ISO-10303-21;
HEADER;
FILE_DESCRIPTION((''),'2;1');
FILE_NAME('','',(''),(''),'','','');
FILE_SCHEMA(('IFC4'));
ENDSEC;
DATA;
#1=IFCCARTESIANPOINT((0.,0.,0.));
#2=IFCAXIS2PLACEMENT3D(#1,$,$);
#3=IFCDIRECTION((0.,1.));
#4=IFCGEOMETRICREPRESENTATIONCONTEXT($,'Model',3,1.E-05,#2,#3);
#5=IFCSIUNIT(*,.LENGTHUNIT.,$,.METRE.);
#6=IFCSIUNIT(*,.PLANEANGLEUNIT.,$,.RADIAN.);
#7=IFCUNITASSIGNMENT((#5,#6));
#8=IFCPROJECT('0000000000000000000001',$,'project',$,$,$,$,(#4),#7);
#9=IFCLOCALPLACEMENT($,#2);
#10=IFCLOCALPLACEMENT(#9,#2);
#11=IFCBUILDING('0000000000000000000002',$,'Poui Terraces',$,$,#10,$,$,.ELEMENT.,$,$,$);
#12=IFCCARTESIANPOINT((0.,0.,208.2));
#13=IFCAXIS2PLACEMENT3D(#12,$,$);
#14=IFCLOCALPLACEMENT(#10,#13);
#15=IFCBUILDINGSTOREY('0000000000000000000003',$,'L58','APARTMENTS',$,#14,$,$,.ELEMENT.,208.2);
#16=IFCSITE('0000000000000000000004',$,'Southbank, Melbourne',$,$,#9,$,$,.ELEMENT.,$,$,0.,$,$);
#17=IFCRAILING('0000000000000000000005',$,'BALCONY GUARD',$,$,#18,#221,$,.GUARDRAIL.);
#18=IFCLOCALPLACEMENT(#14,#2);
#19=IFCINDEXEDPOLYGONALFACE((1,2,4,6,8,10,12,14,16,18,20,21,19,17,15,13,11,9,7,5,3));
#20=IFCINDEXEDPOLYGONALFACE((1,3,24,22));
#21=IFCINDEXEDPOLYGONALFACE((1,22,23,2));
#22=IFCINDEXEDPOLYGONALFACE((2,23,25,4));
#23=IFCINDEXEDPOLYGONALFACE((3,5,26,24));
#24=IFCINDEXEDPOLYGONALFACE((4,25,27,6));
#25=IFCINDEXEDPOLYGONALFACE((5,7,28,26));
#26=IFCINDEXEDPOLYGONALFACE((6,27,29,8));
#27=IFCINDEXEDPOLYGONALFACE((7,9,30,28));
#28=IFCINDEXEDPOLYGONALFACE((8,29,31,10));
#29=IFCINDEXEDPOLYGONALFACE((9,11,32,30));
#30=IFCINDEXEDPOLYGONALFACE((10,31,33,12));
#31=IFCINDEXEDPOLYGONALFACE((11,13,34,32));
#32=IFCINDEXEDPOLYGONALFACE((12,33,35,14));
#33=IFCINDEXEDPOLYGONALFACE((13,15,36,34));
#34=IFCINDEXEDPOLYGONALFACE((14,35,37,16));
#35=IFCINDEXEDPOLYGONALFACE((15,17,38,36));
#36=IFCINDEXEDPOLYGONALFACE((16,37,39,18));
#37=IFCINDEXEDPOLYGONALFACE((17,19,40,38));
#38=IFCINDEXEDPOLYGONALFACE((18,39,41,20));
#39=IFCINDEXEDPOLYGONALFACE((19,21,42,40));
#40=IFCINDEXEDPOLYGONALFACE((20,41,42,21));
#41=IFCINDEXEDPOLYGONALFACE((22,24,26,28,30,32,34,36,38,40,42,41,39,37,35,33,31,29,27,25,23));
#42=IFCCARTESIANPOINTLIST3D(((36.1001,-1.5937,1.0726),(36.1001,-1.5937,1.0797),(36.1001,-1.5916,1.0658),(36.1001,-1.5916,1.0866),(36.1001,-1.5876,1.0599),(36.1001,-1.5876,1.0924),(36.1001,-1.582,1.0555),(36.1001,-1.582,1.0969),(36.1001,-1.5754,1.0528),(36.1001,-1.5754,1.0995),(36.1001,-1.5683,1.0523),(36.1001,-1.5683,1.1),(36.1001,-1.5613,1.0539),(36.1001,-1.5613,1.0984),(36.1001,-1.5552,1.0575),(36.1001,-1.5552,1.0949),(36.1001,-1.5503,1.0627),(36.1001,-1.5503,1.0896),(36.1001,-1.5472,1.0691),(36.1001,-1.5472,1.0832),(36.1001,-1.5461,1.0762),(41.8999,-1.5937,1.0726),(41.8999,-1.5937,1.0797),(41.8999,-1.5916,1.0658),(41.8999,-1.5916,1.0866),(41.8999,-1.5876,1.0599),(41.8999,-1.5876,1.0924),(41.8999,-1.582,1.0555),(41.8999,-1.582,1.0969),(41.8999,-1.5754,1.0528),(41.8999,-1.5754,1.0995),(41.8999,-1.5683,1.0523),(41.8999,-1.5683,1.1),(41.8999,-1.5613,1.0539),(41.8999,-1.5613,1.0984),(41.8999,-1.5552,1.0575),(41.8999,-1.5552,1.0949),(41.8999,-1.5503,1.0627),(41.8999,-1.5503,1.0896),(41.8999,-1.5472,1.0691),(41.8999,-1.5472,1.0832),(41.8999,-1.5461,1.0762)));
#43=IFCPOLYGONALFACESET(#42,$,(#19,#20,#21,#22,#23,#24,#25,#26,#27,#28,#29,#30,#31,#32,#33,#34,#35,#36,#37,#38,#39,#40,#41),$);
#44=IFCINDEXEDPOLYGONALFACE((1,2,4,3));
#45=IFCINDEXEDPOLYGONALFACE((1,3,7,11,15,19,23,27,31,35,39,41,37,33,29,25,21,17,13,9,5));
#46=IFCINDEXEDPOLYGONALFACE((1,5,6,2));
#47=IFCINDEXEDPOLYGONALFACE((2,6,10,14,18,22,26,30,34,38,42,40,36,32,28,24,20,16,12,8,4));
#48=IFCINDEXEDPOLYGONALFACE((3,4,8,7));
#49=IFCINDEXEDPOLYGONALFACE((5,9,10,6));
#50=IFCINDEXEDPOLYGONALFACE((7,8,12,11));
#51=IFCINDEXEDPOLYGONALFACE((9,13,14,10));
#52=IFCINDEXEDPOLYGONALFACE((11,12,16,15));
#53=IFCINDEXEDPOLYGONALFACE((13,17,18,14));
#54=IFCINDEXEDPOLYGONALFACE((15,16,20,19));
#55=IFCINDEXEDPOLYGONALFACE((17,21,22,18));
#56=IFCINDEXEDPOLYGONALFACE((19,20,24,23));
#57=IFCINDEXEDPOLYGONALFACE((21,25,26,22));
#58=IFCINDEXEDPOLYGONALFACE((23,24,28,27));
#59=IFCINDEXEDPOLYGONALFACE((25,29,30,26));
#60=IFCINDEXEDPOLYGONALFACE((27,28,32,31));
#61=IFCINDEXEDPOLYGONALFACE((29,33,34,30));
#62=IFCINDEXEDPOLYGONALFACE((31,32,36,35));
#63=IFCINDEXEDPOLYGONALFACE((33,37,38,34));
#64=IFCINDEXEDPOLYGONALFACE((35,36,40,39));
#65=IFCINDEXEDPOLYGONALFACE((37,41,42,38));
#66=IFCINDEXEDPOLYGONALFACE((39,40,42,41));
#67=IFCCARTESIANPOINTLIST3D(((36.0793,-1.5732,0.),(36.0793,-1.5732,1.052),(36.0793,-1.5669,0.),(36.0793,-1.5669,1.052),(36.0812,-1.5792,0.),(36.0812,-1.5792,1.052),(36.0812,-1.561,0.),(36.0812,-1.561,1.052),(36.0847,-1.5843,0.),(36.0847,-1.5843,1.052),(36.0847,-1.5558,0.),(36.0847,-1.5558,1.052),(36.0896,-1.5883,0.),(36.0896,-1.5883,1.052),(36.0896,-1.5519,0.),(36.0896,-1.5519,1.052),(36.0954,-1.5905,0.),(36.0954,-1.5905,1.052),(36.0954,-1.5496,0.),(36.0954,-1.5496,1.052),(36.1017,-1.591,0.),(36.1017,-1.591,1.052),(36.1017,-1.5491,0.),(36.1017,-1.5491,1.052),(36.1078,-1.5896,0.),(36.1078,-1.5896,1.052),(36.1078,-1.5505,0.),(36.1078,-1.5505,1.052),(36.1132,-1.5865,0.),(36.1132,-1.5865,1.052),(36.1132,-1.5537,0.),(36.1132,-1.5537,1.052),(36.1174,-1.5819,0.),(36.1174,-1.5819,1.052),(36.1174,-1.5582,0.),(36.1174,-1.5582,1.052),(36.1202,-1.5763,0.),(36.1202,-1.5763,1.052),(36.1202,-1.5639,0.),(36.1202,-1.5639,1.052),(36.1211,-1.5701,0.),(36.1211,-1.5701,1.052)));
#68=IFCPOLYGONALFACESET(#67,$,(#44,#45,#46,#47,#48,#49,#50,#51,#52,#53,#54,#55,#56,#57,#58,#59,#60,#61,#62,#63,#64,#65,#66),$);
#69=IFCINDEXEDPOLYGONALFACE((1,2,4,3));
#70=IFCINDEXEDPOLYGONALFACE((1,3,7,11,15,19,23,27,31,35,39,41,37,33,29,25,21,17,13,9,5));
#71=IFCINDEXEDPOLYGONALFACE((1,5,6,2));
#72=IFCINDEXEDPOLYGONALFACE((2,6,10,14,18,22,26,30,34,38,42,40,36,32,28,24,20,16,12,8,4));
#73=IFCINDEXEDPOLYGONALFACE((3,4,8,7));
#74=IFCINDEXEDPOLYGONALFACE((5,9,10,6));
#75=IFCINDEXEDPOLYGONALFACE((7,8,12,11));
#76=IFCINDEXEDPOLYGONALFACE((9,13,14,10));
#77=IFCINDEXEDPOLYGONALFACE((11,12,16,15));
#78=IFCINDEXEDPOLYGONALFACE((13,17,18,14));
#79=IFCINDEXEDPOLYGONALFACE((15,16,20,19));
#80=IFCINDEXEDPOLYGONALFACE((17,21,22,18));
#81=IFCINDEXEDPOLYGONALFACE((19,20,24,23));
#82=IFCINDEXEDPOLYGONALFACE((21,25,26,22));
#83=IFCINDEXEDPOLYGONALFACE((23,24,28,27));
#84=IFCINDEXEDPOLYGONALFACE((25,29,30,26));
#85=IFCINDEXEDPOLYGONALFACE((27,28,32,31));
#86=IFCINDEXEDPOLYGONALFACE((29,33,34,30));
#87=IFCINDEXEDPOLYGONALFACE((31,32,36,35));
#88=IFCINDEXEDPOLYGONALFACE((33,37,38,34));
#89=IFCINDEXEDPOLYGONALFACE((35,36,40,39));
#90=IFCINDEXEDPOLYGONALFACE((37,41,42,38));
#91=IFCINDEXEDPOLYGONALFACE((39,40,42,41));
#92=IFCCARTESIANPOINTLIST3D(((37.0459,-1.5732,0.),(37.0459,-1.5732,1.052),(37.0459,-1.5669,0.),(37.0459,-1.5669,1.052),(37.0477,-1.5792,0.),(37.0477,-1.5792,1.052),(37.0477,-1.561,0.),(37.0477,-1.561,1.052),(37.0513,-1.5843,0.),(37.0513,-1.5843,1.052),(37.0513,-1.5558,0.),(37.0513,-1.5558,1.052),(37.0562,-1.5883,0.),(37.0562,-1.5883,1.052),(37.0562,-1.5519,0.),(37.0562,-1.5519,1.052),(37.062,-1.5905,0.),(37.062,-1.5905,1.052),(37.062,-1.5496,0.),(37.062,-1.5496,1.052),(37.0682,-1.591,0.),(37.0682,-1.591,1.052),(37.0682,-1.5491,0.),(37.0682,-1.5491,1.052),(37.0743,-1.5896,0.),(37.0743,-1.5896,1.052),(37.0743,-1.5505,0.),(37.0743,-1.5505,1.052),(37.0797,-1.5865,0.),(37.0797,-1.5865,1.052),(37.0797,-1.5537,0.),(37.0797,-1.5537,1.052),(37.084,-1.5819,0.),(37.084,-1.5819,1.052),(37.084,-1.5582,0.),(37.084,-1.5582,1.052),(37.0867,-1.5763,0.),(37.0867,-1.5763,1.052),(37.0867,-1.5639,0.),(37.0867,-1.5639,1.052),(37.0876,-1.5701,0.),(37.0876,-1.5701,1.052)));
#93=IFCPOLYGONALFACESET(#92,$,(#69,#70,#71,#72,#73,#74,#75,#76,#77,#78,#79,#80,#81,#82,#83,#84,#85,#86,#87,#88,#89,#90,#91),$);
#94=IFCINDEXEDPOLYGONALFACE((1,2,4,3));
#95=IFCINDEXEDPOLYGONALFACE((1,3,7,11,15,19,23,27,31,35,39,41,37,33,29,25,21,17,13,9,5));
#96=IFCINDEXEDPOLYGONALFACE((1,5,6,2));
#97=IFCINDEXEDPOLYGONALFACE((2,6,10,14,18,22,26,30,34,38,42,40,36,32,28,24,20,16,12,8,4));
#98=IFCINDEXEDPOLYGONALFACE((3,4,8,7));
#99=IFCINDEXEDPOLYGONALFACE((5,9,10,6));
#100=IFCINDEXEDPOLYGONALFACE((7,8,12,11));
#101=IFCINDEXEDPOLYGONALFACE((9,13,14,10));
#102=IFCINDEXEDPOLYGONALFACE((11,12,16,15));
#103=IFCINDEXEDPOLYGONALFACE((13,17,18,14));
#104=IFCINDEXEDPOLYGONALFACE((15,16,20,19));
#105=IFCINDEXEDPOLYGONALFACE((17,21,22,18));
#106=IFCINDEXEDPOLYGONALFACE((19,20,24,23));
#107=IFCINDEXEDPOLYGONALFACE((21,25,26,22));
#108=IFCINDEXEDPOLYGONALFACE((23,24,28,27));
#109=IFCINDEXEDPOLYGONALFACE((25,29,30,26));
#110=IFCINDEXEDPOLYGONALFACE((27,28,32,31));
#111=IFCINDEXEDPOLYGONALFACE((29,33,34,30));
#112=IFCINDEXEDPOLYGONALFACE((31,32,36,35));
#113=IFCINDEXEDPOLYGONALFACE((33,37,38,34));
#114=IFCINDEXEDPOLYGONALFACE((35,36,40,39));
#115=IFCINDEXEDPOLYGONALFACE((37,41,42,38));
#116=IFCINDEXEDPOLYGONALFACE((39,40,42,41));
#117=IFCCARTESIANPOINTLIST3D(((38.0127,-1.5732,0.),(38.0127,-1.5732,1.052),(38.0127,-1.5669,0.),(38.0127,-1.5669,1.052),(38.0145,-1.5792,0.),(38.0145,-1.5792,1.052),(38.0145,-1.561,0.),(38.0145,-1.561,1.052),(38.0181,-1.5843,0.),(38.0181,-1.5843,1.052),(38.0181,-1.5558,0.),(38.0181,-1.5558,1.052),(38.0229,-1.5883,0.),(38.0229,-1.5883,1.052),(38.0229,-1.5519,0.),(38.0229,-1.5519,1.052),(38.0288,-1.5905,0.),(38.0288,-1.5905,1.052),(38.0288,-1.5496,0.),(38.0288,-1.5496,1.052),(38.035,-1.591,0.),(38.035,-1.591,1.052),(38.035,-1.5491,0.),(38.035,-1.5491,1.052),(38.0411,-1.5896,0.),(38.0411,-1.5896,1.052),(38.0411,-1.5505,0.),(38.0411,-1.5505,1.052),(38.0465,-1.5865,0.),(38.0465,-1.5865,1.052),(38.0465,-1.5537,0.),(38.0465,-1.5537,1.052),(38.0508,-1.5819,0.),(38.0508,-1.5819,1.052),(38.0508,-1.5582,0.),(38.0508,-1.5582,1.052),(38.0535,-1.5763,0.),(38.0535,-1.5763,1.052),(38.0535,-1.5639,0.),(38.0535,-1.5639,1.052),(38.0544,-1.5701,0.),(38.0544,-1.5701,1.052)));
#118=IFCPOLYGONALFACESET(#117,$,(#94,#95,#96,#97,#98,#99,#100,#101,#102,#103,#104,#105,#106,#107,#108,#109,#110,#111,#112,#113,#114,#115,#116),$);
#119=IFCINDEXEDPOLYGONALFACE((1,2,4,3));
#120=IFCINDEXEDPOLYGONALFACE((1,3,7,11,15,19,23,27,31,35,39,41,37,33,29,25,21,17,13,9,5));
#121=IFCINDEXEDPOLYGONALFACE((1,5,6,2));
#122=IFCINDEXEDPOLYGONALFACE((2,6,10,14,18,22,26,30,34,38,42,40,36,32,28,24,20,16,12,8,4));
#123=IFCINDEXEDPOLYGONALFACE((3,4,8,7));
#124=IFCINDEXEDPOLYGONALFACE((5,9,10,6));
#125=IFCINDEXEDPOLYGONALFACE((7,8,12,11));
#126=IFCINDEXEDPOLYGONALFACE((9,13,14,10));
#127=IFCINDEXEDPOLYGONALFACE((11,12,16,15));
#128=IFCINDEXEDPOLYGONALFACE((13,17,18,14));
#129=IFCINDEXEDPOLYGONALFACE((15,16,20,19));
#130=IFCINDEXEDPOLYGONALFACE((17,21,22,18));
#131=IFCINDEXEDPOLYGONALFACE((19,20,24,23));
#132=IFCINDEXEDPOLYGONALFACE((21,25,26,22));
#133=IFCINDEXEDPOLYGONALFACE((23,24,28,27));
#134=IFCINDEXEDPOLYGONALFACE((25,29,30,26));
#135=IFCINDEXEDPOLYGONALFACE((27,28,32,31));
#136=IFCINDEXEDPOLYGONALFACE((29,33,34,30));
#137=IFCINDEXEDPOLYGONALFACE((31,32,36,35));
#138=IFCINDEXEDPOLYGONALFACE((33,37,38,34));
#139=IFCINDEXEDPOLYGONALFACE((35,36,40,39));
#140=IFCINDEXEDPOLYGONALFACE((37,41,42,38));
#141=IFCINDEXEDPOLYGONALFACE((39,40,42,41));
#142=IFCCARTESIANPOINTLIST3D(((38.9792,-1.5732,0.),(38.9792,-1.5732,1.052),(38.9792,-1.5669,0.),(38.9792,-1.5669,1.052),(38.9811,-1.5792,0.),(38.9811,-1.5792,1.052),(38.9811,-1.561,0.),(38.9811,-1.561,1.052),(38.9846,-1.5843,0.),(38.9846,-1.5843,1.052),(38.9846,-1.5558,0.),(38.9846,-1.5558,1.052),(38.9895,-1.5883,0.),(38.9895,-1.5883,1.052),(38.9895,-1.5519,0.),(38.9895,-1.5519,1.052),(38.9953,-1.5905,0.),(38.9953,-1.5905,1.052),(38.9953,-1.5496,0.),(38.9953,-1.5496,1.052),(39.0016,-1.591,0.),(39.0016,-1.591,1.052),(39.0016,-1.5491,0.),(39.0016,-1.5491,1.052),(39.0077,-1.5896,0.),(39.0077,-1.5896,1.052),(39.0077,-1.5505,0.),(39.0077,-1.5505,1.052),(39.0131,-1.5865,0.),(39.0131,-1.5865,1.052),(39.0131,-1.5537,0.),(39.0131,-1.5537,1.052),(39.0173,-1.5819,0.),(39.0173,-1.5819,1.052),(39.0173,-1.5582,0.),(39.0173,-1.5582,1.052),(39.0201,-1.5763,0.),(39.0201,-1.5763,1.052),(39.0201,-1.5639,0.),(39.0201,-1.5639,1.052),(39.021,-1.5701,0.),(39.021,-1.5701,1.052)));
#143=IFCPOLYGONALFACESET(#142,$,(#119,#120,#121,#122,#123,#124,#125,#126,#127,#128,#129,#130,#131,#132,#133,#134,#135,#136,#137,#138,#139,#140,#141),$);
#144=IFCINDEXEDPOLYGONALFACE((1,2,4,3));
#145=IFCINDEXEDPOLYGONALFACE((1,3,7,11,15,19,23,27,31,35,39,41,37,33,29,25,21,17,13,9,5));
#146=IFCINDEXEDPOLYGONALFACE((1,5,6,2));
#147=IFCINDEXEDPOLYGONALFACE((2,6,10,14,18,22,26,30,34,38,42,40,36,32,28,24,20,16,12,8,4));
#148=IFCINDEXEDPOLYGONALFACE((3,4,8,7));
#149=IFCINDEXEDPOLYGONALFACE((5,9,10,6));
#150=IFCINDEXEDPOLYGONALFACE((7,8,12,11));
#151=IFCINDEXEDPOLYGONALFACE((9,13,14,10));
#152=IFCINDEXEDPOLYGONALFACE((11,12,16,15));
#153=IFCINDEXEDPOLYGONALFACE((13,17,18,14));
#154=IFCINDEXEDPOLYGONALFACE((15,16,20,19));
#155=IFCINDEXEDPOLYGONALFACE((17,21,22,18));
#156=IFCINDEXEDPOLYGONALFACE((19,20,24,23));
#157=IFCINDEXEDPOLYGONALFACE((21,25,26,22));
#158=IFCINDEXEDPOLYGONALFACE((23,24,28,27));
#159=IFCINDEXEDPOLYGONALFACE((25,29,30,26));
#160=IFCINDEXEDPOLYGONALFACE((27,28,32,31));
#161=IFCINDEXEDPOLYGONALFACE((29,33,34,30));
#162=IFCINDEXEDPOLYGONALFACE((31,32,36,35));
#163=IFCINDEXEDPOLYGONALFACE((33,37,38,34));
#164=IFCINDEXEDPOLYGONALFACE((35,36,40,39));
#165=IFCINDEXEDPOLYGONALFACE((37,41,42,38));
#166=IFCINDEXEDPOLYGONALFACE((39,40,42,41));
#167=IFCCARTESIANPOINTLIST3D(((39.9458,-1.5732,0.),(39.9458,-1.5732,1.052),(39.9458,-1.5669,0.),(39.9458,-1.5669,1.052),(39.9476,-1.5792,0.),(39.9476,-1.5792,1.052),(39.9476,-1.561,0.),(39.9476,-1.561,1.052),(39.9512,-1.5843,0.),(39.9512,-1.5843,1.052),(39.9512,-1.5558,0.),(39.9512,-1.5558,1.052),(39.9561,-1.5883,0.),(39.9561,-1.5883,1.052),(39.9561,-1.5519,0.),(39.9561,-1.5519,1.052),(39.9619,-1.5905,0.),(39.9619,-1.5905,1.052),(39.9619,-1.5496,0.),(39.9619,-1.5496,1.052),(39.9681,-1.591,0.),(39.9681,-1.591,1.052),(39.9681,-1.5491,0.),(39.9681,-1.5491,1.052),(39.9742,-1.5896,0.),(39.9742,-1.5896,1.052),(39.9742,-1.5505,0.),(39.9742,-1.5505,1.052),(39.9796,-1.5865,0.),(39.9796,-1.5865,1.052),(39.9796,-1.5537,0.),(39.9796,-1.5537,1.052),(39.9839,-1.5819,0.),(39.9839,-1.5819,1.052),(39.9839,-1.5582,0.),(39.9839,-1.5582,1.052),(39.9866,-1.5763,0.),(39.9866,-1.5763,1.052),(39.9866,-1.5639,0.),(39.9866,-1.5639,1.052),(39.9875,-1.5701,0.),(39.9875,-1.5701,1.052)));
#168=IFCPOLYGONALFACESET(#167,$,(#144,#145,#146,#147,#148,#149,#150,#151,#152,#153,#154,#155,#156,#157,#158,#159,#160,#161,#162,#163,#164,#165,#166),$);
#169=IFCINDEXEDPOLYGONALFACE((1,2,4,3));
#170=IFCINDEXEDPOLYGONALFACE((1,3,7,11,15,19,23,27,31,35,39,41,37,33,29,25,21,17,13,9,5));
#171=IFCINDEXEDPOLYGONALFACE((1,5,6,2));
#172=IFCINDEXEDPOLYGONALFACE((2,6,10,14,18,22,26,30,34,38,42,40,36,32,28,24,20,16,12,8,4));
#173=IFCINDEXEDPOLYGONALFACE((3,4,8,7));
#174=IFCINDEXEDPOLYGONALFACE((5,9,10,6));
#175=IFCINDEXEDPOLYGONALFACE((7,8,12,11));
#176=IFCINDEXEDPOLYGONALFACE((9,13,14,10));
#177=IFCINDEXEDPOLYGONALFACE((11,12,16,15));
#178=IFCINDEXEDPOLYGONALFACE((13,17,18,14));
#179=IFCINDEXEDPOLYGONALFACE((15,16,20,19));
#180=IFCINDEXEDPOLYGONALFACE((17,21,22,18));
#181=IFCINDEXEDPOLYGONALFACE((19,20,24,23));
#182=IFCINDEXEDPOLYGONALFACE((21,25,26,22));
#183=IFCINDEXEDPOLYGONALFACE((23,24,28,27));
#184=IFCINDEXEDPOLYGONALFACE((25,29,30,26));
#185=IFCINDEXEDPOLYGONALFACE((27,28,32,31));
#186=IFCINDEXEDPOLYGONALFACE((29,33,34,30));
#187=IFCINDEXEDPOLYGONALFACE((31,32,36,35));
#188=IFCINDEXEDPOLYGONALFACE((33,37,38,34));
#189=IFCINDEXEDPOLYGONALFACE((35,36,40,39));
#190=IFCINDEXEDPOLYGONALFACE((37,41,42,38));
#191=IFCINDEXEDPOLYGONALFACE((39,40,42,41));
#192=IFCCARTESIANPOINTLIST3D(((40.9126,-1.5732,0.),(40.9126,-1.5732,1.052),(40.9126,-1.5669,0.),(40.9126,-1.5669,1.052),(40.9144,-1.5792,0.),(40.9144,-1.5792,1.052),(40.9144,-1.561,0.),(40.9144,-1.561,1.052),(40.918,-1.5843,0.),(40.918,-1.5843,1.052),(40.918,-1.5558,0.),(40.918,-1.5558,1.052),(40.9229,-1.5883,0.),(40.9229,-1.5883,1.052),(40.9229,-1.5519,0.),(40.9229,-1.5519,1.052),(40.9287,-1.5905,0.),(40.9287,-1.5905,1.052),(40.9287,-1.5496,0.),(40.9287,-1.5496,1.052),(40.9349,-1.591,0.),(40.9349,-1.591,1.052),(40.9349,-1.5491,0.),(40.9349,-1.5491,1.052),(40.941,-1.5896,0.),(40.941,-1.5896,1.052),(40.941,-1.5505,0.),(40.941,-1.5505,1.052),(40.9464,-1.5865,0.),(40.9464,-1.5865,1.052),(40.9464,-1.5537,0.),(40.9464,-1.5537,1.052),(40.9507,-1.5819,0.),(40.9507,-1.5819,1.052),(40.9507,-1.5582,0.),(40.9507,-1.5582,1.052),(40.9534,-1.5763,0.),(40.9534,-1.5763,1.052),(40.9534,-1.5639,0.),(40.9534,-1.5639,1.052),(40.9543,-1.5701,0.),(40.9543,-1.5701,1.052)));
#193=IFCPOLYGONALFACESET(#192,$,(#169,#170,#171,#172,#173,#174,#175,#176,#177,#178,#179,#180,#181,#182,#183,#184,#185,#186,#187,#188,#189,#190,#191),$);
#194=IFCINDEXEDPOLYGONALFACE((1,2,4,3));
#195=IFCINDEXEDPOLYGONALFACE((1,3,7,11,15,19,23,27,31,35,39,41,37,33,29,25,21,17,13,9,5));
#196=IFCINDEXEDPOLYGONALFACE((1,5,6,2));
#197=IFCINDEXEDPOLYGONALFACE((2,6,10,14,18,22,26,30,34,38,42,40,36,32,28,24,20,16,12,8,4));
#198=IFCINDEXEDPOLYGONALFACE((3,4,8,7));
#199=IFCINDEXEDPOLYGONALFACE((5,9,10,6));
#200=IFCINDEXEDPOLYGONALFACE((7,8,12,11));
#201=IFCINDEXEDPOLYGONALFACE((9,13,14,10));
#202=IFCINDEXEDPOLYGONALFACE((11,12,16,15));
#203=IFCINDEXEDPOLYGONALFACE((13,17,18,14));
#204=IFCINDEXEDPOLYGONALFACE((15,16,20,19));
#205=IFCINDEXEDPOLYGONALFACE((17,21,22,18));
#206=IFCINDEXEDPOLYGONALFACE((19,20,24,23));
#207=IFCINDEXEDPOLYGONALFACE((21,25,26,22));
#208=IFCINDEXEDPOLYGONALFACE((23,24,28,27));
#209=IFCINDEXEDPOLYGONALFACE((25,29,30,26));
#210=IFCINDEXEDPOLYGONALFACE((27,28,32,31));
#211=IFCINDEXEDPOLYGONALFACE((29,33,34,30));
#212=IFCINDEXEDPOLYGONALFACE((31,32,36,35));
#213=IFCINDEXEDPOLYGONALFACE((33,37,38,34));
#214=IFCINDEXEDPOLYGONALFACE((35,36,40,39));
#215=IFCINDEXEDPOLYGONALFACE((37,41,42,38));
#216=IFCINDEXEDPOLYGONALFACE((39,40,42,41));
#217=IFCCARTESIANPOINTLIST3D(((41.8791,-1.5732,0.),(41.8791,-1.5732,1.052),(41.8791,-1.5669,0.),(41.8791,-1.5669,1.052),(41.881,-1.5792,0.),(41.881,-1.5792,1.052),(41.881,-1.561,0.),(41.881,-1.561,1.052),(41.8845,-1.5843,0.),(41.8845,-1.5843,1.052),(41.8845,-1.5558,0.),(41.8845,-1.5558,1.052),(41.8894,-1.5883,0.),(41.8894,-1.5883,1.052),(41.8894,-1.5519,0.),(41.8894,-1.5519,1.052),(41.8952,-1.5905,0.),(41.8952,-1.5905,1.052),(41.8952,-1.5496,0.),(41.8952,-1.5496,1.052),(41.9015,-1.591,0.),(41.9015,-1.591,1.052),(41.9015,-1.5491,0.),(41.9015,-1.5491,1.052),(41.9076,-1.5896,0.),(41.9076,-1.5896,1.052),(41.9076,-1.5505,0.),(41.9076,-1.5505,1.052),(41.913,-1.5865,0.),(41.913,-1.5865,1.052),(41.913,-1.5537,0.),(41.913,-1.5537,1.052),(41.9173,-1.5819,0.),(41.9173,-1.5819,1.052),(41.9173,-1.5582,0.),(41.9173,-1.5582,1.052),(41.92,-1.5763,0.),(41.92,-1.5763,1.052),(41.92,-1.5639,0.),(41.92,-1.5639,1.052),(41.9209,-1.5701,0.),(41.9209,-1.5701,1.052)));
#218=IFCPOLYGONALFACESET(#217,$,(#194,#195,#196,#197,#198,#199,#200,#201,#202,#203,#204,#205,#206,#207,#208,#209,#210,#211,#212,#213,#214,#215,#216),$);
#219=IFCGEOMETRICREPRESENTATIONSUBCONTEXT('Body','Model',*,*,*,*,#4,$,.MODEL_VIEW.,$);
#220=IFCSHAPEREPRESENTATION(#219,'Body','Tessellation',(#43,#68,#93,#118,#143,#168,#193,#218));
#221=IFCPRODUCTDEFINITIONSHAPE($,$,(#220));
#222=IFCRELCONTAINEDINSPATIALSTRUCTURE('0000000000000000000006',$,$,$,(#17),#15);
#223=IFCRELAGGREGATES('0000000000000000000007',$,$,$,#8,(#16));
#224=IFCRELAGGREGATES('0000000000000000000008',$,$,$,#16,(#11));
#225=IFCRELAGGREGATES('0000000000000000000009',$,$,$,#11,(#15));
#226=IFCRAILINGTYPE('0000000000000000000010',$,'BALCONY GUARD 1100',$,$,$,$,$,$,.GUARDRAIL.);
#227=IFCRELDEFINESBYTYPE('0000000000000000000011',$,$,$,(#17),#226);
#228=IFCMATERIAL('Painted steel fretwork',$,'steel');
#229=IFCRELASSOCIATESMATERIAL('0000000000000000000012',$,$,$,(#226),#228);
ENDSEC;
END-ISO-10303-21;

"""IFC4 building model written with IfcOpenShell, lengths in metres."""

from ifc_helpers import new_model, si_unit, direction, frame, origin, origin_2d, place, context, subcontext, project, spatial, circle, extrude, material, type_object, element, save


model = new_model("IFC4")

# Units and contexts
model_context = context("Model", 3, precision=1e-05, world=origin(), true_north=direction((0.0, 1.0)))
body_context = subcontext(model_context, "Body", "Model", "MODEL_VIEW")
ifc_project = project(units=[si_unit("LENGTHUNIT", "METRE"), si_unit("PLANEANGLEUNIT", "RADIAN")], contexts=[model_context])

# Site, building, storey
site_placement = place(None, origin())
site = spatial("IfcSite", under=ifc_project, at=site_placement, Name="Southbank, Melbourne", CompositionType="ELEMENT", RefElevation=0.0)
building_placement = place(site_placement, origin())
building = spatial("IfcBuilding", under=site, at=building_placement, Name="Poui Terraces", CompositionType="ELEMENT")
storey_placement = place(building_placement, frame((0.0, 0.0, 208.2)))
storey = spatial("IfcBuildingStorey", under=building, at=storey_placement, Name="L58", Description="APARTMENTS", CompositionType="ELEMENT", Elevation=208.2)

# Railing
ifc_material_1 = material(Name="Painted steel fretwork", Category="steel")
railing_type = type_object("IfcRailingType", Name="BALCONY GUARD 1100", PredefinedType="GUARDRAIL", material=ifc_material_1)
railing_placement = place(storey_placement, frame((36.1001, -1.5701, 0.0)))
element("IfcRailing", 1, at=railing_placement, inside=storey, type_object=railing_type, Name="BALCONY GUARD", PredefinedType="GUARDRAIL", context=body_context, shape_type="SweptSolid", body=[
    extrude(circle(Radius=0.0239, at=origin_2d()), frame((0.0, 0.0, 1.0762), z_axis=(1.0, 0.0, 0.0), x_axis=(0.0, 1.0, 0.0)), (0.0, 0.0, 1.0), 5.7998),
    extrude(circle(Radius=0.021, at=origin_2d()), origin(), (0.0, 0.0, 1.0), 1.052),
    extrude(circle(Radius=0.021, at=origin_2d()), frame((0.9666, 0.0, 0.0)), (0.0, 0.0, 1.0), 1.052),
    extrude(circle(Radius=0.021, at=origin_2d()), frame((1.9333, 0.0, 0.0)), (0.0, 0.0, 1.0), 1.052),
    extrude(circle(Radius=0.021, at=origin_2d()), frame((2.8999, 0.0, 0.0)), (0.0, 0.0, 1.0), 1.052),
    extrude(circle(Radius=0.021, at=origin_2d()), frame((3.8665, 0.0, 0.0)), (0.0, 0.0, 1.0), 1.052),
    extrude(circle(Radius=0.021, at=origin_2d()), frame((4.8333, 0.0, 0.0)), (0.0, 0.0, 1.0), 1.052),
    extrude(circle(Radius=0.021, at=origin_2d()), frame((5.7998, 0.0, 0.0)), (0.0, 0.0, 1.0), 1.052),
])

save(model, "model.ifc")
